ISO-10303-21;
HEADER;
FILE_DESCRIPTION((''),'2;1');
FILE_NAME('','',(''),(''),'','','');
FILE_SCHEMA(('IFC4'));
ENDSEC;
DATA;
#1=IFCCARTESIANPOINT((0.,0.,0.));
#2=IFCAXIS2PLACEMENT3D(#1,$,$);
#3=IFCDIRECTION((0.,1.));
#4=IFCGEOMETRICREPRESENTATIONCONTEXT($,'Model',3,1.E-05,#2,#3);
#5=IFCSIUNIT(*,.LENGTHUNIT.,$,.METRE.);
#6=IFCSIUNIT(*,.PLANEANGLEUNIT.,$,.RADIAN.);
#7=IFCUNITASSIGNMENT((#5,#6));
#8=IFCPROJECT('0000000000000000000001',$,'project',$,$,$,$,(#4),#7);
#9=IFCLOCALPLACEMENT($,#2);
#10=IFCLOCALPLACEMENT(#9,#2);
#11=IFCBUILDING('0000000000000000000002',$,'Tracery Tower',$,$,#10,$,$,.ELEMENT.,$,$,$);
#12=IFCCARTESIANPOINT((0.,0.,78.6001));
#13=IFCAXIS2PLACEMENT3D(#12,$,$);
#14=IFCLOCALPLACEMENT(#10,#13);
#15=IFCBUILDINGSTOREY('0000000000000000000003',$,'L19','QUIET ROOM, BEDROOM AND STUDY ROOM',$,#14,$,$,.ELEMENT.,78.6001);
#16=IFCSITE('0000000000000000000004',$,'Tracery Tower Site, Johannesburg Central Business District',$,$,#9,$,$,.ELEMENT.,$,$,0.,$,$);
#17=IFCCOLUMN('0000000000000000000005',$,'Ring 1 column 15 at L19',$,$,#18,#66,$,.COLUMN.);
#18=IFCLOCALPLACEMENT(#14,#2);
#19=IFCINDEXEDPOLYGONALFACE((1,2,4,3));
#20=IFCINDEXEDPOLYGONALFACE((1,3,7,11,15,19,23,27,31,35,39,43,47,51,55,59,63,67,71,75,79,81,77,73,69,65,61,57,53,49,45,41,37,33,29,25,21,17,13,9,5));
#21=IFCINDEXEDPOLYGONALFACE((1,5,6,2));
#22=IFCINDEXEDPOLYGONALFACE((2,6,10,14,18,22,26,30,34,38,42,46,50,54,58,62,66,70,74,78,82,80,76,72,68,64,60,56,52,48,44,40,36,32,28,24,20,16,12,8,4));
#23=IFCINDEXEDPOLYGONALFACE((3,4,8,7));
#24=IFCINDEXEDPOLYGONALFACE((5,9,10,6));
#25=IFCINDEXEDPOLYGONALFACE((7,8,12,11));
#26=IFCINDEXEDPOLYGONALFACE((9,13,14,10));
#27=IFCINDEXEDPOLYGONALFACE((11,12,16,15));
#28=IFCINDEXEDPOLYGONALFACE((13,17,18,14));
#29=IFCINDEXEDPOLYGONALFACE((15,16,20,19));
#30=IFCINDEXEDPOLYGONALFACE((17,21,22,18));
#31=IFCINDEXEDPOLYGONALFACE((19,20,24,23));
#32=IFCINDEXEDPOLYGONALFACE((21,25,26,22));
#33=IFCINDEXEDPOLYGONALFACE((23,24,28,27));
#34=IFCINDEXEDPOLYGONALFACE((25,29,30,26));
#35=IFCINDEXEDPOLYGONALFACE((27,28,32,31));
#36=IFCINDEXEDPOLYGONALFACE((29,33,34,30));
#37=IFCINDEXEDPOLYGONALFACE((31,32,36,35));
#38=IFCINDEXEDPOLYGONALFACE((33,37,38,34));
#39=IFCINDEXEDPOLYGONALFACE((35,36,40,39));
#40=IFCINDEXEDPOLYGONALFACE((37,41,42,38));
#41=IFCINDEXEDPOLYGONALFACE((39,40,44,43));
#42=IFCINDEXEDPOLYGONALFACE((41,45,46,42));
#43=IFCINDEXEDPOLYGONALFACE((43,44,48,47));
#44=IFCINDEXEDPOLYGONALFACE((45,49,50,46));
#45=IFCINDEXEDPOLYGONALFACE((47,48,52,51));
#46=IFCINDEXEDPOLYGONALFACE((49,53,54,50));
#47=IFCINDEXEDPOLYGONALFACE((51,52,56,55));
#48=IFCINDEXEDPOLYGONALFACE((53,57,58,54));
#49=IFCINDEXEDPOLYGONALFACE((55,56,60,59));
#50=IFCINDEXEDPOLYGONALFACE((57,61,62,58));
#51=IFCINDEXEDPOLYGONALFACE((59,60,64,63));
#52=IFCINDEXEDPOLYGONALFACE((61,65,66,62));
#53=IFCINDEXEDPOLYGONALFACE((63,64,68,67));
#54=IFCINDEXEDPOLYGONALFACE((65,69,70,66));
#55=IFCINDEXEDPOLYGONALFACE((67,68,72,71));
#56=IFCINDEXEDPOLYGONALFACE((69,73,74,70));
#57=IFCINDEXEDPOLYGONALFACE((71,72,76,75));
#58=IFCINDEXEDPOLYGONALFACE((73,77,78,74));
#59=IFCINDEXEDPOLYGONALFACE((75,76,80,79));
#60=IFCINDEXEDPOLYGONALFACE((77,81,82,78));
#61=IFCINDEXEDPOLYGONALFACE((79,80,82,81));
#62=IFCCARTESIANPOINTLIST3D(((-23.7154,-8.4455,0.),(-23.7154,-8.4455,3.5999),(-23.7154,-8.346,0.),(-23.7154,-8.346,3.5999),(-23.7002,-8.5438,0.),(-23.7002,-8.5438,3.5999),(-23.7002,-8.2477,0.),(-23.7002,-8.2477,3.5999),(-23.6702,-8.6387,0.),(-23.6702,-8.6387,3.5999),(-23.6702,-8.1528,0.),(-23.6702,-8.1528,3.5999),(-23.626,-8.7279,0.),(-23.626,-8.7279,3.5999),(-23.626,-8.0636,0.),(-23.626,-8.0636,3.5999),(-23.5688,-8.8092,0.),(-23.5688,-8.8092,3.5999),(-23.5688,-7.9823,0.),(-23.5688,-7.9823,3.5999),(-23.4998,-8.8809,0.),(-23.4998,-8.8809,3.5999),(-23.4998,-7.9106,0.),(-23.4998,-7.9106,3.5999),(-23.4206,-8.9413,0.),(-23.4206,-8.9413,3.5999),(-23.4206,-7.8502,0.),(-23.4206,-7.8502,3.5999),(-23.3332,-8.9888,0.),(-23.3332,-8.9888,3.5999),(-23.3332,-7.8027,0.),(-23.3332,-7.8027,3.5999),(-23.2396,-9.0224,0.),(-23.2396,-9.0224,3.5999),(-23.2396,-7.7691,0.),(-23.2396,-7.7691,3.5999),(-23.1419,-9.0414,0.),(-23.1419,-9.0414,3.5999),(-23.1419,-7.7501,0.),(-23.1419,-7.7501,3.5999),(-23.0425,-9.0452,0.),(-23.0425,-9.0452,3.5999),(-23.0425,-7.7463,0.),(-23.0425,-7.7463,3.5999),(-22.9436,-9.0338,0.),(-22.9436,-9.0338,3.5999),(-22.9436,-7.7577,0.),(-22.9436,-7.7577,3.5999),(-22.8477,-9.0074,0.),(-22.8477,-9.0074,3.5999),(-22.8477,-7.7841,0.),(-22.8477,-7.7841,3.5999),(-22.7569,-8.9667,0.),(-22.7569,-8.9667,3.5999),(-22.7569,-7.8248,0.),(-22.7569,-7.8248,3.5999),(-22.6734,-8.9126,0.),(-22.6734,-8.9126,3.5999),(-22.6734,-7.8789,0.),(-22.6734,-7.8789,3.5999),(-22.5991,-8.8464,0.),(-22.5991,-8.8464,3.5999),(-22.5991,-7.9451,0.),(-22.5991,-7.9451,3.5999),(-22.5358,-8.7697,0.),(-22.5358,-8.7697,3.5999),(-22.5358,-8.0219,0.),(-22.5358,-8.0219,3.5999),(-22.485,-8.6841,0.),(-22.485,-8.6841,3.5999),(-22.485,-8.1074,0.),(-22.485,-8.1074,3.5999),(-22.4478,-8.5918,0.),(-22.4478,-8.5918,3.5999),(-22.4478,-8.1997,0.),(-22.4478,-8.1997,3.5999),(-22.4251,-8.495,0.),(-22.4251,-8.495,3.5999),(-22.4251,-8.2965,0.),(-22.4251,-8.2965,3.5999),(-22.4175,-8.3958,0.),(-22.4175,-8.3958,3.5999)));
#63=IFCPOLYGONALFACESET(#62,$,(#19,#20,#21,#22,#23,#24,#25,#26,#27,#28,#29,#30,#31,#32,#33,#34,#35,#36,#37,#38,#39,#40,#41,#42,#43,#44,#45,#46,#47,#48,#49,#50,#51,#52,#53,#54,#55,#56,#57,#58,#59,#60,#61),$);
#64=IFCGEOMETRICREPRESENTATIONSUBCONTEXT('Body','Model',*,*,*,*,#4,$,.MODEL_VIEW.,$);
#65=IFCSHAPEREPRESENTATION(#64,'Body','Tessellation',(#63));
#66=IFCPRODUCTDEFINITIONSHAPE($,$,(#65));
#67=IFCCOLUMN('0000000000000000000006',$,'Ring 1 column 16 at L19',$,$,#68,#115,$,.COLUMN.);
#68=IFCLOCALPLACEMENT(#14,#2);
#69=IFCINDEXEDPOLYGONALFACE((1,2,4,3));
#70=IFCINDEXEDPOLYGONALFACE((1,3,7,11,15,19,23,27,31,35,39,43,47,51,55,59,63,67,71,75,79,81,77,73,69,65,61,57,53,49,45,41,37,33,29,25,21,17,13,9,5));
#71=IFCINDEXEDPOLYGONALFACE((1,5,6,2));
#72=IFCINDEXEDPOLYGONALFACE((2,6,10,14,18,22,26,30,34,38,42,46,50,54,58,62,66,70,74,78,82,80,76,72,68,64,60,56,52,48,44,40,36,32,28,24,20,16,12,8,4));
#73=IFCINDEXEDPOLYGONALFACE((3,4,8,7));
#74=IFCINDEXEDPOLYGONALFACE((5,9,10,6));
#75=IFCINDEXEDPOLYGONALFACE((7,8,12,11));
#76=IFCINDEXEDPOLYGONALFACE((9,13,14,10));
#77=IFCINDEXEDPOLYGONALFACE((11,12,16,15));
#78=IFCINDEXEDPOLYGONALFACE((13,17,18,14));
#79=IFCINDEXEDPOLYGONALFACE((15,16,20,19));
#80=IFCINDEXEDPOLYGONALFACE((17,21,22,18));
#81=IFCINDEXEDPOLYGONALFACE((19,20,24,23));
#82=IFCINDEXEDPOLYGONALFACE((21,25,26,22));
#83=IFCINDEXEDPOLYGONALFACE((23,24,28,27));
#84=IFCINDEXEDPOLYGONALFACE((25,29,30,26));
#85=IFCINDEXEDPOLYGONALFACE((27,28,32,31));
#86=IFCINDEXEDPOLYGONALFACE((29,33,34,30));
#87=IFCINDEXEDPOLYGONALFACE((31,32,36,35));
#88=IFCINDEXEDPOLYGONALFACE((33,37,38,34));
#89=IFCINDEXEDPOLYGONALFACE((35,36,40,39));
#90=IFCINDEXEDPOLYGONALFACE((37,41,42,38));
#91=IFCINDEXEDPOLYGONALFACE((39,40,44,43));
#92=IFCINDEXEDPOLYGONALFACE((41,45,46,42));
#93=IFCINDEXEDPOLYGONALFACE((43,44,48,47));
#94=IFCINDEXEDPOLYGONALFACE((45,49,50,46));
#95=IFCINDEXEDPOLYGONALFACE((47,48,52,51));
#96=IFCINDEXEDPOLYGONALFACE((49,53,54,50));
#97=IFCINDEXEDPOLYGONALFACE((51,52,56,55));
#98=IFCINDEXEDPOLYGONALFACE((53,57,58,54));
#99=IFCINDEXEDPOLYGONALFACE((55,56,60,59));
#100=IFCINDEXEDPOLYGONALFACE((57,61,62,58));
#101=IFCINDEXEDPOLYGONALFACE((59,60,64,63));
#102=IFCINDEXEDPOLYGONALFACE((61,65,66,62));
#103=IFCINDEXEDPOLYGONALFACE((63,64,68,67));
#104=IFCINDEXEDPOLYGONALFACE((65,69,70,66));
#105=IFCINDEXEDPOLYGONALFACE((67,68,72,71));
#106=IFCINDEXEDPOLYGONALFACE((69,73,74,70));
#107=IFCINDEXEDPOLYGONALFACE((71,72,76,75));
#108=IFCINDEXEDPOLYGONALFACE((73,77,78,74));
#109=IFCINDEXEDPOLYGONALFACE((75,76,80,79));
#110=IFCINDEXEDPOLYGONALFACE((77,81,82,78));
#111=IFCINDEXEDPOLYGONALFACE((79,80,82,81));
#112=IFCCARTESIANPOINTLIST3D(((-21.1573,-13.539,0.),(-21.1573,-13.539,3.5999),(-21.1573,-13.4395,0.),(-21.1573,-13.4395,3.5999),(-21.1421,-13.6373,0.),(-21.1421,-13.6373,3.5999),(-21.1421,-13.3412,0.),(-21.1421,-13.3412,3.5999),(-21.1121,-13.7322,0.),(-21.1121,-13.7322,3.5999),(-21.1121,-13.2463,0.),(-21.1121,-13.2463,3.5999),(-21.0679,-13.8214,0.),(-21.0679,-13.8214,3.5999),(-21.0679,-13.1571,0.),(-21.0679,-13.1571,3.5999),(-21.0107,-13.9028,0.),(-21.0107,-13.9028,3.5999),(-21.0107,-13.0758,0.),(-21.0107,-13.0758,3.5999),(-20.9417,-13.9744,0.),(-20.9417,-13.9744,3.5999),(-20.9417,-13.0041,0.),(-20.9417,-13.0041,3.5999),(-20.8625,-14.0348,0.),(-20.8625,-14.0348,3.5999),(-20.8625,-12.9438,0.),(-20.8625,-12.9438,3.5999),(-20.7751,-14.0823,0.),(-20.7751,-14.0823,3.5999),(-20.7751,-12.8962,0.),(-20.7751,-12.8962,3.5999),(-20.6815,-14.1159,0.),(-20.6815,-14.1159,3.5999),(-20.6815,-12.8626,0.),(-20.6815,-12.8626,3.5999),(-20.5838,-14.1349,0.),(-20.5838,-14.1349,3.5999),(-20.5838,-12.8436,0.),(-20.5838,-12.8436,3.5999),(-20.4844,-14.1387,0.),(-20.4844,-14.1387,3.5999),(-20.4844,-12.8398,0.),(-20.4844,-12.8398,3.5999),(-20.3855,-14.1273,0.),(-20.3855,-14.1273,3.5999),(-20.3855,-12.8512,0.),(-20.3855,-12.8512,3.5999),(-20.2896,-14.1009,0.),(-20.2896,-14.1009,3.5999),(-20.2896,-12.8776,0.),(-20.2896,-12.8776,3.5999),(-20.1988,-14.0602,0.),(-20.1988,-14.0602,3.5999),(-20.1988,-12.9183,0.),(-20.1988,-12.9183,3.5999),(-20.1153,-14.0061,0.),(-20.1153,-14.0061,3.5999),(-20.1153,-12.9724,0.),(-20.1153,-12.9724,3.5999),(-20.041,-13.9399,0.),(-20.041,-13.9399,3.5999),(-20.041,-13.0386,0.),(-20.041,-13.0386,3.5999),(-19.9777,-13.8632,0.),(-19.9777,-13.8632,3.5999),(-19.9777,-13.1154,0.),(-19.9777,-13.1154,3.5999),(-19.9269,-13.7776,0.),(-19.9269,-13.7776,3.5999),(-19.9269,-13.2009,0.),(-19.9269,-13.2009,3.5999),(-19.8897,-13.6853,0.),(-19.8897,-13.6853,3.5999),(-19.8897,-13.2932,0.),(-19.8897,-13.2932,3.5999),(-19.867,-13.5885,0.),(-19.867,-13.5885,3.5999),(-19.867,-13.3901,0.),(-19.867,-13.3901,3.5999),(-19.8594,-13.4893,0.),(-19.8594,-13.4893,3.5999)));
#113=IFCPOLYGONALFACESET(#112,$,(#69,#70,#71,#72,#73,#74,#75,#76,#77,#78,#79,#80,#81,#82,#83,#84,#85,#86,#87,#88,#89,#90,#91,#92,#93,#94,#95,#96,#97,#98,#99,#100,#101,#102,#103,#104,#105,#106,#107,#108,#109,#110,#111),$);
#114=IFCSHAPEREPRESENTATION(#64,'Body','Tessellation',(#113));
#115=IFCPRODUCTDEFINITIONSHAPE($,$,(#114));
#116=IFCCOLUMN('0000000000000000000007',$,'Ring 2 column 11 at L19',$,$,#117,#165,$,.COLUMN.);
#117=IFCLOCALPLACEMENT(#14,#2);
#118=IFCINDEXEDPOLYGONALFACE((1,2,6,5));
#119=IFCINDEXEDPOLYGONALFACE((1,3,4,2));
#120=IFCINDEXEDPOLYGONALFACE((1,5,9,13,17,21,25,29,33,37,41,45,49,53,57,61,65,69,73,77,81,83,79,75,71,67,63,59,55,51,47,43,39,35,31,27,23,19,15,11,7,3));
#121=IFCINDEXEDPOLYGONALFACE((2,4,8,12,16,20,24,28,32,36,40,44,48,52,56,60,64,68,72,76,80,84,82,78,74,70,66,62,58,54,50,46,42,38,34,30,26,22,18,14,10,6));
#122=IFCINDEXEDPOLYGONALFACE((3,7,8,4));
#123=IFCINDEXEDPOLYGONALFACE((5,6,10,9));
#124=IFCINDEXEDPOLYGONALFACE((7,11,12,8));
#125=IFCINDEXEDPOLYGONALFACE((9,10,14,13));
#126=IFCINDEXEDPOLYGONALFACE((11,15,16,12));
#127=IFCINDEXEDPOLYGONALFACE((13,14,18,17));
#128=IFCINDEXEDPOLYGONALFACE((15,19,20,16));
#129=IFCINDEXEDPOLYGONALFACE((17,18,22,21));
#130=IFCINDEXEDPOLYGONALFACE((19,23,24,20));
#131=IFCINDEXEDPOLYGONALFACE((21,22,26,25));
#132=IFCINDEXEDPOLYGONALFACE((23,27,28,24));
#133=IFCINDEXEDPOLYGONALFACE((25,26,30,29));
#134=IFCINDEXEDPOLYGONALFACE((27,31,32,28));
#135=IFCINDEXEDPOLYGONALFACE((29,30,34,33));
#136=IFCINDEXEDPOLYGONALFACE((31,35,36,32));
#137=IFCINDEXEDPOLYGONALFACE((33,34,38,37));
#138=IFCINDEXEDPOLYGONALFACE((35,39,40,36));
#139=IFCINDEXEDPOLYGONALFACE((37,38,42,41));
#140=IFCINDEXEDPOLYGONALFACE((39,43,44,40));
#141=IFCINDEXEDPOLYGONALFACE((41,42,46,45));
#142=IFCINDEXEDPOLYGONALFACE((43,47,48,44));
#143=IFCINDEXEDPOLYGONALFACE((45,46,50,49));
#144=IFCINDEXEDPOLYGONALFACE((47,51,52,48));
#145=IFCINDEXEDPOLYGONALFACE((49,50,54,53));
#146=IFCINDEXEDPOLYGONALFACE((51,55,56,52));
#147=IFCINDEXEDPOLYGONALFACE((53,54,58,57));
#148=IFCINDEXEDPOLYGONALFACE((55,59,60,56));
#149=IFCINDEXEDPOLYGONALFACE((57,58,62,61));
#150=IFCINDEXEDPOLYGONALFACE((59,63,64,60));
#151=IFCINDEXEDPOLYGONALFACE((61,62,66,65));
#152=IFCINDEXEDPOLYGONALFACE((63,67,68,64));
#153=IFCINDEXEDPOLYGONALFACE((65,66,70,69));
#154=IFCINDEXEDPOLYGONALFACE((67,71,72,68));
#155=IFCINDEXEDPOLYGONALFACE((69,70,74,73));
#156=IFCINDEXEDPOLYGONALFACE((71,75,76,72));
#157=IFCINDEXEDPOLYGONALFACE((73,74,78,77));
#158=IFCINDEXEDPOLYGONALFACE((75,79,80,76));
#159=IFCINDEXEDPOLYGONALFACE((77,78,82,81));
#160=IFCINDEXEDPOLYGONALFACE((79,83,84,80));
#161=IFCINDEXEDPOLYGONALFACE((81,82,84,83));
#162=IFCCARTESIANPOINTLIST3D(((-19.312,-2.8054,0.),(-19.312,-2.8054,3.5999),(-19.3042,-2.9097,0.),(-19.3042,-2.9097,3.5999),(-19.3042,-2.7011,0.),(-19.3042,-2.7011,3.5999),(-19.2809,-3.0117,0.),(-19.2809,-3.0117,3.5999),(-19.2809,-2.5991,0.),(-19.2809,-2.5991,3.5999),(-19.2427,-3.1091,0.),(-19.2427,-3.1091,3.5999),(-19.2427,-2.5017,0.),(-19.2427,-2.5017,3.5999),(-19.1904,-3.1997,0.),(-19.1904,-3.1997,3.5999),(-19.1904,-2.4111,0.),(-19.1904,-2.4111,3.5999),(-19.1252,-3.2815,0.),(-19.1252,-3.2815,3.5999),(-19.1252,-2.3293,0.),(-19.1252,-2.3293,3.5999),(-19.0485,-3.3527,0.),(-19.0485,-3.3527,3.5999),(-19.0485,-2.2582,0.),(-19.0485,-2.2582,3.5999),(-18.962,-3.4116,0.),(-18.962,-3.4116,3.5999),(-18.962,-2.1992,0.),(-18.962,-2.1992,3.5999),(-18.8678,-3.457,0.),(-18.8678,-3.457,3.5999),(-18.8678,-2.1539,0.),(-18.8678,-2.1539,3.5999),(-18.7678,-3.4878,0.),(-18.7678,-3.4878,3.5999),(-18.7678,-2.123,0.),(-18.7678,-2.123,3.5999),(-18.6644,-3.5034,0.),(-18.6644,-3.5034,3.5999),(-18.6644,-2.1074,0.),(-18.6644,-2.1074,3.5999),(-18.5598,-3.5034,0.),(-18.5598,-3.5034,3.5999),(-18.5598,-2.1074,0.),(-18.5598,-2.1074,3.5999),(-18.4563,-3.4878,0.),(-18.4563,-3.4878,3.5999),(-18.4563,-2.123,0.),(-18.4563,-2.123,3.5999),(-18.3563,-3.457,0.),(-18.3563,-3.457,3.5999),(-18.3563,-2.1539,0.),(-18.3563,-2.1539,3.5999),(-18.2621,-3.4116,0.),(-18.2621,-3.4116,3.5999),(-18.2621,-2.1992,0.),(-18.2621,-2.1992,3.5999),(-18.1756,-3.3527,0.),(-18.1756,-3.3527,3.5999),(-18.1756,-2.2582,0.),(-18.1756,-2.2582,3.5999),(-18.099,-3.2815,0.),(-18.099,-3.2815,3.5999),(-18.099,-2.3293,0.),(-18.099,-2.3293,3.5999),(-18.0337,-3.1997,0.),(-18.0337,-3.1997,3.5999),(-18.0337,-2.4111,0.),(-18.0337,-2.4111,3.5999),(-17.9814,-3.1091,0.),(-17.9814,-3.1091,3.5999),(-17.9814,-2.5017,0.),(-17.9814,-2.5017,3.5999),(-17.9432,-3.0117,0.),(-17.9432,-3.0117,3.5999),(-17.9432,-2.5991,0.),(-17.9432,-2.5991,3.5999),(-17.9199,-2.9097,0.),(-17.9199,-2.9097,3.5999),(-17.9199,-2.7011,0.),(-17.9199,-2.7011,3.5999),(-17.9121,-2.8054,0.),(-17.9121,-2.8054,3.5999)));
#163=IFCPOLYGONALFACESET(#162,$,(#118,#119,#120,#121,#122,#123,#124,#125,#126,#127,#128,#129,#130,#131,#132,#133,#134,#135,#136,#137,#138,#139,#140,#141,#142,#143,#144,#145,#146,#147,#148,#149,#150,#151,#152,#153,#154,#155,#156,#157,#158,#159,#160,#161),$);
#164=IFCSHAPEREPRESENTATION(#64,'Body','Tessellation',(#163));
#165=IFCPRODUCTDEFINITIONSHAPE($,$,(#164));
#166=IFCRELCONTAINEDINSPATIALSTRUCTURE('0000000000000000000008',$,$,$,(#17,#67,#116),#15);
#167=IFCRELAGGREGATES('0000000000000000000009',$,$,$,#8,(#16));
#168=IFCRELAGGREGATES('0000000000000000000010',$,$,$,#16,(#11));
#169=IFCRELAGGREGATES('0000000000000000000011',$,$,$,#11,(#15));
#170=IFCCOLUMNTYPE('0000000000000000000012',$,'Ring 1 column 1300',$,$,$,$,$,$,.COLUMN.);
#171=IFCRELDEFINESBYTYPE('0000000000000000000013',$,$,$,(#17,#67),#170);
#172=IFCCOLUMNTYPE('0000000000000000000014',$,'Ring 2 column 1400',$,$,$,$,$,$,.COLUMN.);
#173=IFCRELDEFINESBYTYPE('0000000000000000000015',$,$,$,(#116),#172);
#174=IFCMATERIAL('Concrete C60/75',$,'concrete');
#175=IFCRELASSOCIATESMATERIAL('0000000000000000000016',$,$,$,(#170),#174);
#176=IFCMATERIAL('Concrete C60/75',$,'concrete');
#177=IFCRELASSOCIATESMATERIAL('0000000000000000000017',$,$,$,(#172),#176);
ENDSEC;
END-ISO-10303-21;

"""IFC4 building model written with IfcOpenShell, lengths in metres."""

from ifc_helpers import new_model, si_unit, direction, frame, origin, origin_2d, place, context, subcontext, project, spatial, circle, extrude, material, material_profile, profile_set, type_object, element, save


model = new_model("IFC4")

# Units and contexts
model_context = context("Model", 3, precision=1e-05, world=origin(), true_north=direction((0.0, 1.0)))
body_context = subcontext(model_context, "Body", "Model", "MODEL_VIEW")
ifc_project = project(units=[si_unit("LENGTHUNIT", "METRE"), si_unit("PLANEANGLEUNIT", "RADIAN")], contexts=[model_context])

# Site, building, storey
site_placement = place(None, origin())
site = spatial("IfcSite", under=ifc_project, at=site_placement, Name="Tracery Tower Site, Johannesburg Central Business District", CompositionType="ELEMENT", RefElevation=0.0)
building_placement = place(site_placement, origin())
building = spatial("IfcBuilding", under=site, at=building_placement, Name="Tracery Tower", CompositionType="ELEMENT")
storey_placement = place(building_placement, frame((0.0, 0.0, 78.6001)))
storey = spatial("IfcBuildingStorey", under=building, at=storey_placement, Name="L19", Description="QUIET ROOM, BEDROOM AND STUDY ROOM", CompositionType="ELEMENT", Elevation=78.6001)

# Columns
ifc_material_1 = material(Name="Concrete C60/75", Category="concrete")
ifc_material_profile_1 = material_profile(ifc_material_1, circle(Radius=0.6499, at=origin_2d()), Name="RC D1300")
ifc_profile_set_1 = profile_set([ifc_material_profile_1], Name="Concrete C60/75")
column_type_1 = type_object("IfcColumnType", Name="Ring 1 column 1300", PredefinedType="COLUMN", material=ifc_profile_set_1)
for number, where, z_axis, x_axis, name in (
    (1, (-23.0674, -8.3958, 0.0), (0.0, 0.0, 1.0), (1.0, 0.0, 0.0), "Ring 1 column 15 at L19"),
    (2, (-20.5093, -13.4893, 0.0), (0.0, 0.0, 1.0), (1.0, 0.0, 0.0), "Ring 1 column 16 at L19"),
):
    element("IfcColumn", number, at=place(storey_placement, frame(where, z_axis=z_axis, x_axis=x_axis)), inside=storey, type_object=column_type_1, Name=name, PredefinedType="COLUMN", context=body_context, shape_type="SweptSolid", body=[
        extrude(circle(Radius=0.6499, at=origin_2d()), origin(), (0.0, 0.0, 1.0), 3.5999),
    ])
ifc_material_2 = material(Name="Concrete C60/75", Category="concrete")
ifc_material_profile_2 = material_profile(ifc_material_2, circle(Radius=0.7, at=origin_2d()), Name="RC D1400")
ifc_profile_set_2 = profile_set([ifc_material_profile_2], Name="Concrete C60/75")
column_type_2 = type_object("IfcColumnType", Name="Ring 2 column 1400", PredefinedType="COLUMN", material=ifc_profile_set_2)
for number, where, z_axis, x_axis, name in (
    (3, (-18.6121, -2.8054, 0.0), (0.0, 0.0, 1.0), (1.0, 0.0, 0.0), "Ring 2 column 11 at L19"),
):
    element("IfcColumn", number, at=place(storey_placement, frame(where, z_axis=z_axis, x_axis=x_axis)), inside=storey, type_object=column_type_2, Name=name, PredefinedType="COLUMN", context=body_context, shape_type="SweptSolid", body=[
        extrude(circle(Radius=0.7, at=origin_2d()), origin(), (0.0, 0.0, 1.0), 3.5999),
    ])

save(model, "model.ifc")
